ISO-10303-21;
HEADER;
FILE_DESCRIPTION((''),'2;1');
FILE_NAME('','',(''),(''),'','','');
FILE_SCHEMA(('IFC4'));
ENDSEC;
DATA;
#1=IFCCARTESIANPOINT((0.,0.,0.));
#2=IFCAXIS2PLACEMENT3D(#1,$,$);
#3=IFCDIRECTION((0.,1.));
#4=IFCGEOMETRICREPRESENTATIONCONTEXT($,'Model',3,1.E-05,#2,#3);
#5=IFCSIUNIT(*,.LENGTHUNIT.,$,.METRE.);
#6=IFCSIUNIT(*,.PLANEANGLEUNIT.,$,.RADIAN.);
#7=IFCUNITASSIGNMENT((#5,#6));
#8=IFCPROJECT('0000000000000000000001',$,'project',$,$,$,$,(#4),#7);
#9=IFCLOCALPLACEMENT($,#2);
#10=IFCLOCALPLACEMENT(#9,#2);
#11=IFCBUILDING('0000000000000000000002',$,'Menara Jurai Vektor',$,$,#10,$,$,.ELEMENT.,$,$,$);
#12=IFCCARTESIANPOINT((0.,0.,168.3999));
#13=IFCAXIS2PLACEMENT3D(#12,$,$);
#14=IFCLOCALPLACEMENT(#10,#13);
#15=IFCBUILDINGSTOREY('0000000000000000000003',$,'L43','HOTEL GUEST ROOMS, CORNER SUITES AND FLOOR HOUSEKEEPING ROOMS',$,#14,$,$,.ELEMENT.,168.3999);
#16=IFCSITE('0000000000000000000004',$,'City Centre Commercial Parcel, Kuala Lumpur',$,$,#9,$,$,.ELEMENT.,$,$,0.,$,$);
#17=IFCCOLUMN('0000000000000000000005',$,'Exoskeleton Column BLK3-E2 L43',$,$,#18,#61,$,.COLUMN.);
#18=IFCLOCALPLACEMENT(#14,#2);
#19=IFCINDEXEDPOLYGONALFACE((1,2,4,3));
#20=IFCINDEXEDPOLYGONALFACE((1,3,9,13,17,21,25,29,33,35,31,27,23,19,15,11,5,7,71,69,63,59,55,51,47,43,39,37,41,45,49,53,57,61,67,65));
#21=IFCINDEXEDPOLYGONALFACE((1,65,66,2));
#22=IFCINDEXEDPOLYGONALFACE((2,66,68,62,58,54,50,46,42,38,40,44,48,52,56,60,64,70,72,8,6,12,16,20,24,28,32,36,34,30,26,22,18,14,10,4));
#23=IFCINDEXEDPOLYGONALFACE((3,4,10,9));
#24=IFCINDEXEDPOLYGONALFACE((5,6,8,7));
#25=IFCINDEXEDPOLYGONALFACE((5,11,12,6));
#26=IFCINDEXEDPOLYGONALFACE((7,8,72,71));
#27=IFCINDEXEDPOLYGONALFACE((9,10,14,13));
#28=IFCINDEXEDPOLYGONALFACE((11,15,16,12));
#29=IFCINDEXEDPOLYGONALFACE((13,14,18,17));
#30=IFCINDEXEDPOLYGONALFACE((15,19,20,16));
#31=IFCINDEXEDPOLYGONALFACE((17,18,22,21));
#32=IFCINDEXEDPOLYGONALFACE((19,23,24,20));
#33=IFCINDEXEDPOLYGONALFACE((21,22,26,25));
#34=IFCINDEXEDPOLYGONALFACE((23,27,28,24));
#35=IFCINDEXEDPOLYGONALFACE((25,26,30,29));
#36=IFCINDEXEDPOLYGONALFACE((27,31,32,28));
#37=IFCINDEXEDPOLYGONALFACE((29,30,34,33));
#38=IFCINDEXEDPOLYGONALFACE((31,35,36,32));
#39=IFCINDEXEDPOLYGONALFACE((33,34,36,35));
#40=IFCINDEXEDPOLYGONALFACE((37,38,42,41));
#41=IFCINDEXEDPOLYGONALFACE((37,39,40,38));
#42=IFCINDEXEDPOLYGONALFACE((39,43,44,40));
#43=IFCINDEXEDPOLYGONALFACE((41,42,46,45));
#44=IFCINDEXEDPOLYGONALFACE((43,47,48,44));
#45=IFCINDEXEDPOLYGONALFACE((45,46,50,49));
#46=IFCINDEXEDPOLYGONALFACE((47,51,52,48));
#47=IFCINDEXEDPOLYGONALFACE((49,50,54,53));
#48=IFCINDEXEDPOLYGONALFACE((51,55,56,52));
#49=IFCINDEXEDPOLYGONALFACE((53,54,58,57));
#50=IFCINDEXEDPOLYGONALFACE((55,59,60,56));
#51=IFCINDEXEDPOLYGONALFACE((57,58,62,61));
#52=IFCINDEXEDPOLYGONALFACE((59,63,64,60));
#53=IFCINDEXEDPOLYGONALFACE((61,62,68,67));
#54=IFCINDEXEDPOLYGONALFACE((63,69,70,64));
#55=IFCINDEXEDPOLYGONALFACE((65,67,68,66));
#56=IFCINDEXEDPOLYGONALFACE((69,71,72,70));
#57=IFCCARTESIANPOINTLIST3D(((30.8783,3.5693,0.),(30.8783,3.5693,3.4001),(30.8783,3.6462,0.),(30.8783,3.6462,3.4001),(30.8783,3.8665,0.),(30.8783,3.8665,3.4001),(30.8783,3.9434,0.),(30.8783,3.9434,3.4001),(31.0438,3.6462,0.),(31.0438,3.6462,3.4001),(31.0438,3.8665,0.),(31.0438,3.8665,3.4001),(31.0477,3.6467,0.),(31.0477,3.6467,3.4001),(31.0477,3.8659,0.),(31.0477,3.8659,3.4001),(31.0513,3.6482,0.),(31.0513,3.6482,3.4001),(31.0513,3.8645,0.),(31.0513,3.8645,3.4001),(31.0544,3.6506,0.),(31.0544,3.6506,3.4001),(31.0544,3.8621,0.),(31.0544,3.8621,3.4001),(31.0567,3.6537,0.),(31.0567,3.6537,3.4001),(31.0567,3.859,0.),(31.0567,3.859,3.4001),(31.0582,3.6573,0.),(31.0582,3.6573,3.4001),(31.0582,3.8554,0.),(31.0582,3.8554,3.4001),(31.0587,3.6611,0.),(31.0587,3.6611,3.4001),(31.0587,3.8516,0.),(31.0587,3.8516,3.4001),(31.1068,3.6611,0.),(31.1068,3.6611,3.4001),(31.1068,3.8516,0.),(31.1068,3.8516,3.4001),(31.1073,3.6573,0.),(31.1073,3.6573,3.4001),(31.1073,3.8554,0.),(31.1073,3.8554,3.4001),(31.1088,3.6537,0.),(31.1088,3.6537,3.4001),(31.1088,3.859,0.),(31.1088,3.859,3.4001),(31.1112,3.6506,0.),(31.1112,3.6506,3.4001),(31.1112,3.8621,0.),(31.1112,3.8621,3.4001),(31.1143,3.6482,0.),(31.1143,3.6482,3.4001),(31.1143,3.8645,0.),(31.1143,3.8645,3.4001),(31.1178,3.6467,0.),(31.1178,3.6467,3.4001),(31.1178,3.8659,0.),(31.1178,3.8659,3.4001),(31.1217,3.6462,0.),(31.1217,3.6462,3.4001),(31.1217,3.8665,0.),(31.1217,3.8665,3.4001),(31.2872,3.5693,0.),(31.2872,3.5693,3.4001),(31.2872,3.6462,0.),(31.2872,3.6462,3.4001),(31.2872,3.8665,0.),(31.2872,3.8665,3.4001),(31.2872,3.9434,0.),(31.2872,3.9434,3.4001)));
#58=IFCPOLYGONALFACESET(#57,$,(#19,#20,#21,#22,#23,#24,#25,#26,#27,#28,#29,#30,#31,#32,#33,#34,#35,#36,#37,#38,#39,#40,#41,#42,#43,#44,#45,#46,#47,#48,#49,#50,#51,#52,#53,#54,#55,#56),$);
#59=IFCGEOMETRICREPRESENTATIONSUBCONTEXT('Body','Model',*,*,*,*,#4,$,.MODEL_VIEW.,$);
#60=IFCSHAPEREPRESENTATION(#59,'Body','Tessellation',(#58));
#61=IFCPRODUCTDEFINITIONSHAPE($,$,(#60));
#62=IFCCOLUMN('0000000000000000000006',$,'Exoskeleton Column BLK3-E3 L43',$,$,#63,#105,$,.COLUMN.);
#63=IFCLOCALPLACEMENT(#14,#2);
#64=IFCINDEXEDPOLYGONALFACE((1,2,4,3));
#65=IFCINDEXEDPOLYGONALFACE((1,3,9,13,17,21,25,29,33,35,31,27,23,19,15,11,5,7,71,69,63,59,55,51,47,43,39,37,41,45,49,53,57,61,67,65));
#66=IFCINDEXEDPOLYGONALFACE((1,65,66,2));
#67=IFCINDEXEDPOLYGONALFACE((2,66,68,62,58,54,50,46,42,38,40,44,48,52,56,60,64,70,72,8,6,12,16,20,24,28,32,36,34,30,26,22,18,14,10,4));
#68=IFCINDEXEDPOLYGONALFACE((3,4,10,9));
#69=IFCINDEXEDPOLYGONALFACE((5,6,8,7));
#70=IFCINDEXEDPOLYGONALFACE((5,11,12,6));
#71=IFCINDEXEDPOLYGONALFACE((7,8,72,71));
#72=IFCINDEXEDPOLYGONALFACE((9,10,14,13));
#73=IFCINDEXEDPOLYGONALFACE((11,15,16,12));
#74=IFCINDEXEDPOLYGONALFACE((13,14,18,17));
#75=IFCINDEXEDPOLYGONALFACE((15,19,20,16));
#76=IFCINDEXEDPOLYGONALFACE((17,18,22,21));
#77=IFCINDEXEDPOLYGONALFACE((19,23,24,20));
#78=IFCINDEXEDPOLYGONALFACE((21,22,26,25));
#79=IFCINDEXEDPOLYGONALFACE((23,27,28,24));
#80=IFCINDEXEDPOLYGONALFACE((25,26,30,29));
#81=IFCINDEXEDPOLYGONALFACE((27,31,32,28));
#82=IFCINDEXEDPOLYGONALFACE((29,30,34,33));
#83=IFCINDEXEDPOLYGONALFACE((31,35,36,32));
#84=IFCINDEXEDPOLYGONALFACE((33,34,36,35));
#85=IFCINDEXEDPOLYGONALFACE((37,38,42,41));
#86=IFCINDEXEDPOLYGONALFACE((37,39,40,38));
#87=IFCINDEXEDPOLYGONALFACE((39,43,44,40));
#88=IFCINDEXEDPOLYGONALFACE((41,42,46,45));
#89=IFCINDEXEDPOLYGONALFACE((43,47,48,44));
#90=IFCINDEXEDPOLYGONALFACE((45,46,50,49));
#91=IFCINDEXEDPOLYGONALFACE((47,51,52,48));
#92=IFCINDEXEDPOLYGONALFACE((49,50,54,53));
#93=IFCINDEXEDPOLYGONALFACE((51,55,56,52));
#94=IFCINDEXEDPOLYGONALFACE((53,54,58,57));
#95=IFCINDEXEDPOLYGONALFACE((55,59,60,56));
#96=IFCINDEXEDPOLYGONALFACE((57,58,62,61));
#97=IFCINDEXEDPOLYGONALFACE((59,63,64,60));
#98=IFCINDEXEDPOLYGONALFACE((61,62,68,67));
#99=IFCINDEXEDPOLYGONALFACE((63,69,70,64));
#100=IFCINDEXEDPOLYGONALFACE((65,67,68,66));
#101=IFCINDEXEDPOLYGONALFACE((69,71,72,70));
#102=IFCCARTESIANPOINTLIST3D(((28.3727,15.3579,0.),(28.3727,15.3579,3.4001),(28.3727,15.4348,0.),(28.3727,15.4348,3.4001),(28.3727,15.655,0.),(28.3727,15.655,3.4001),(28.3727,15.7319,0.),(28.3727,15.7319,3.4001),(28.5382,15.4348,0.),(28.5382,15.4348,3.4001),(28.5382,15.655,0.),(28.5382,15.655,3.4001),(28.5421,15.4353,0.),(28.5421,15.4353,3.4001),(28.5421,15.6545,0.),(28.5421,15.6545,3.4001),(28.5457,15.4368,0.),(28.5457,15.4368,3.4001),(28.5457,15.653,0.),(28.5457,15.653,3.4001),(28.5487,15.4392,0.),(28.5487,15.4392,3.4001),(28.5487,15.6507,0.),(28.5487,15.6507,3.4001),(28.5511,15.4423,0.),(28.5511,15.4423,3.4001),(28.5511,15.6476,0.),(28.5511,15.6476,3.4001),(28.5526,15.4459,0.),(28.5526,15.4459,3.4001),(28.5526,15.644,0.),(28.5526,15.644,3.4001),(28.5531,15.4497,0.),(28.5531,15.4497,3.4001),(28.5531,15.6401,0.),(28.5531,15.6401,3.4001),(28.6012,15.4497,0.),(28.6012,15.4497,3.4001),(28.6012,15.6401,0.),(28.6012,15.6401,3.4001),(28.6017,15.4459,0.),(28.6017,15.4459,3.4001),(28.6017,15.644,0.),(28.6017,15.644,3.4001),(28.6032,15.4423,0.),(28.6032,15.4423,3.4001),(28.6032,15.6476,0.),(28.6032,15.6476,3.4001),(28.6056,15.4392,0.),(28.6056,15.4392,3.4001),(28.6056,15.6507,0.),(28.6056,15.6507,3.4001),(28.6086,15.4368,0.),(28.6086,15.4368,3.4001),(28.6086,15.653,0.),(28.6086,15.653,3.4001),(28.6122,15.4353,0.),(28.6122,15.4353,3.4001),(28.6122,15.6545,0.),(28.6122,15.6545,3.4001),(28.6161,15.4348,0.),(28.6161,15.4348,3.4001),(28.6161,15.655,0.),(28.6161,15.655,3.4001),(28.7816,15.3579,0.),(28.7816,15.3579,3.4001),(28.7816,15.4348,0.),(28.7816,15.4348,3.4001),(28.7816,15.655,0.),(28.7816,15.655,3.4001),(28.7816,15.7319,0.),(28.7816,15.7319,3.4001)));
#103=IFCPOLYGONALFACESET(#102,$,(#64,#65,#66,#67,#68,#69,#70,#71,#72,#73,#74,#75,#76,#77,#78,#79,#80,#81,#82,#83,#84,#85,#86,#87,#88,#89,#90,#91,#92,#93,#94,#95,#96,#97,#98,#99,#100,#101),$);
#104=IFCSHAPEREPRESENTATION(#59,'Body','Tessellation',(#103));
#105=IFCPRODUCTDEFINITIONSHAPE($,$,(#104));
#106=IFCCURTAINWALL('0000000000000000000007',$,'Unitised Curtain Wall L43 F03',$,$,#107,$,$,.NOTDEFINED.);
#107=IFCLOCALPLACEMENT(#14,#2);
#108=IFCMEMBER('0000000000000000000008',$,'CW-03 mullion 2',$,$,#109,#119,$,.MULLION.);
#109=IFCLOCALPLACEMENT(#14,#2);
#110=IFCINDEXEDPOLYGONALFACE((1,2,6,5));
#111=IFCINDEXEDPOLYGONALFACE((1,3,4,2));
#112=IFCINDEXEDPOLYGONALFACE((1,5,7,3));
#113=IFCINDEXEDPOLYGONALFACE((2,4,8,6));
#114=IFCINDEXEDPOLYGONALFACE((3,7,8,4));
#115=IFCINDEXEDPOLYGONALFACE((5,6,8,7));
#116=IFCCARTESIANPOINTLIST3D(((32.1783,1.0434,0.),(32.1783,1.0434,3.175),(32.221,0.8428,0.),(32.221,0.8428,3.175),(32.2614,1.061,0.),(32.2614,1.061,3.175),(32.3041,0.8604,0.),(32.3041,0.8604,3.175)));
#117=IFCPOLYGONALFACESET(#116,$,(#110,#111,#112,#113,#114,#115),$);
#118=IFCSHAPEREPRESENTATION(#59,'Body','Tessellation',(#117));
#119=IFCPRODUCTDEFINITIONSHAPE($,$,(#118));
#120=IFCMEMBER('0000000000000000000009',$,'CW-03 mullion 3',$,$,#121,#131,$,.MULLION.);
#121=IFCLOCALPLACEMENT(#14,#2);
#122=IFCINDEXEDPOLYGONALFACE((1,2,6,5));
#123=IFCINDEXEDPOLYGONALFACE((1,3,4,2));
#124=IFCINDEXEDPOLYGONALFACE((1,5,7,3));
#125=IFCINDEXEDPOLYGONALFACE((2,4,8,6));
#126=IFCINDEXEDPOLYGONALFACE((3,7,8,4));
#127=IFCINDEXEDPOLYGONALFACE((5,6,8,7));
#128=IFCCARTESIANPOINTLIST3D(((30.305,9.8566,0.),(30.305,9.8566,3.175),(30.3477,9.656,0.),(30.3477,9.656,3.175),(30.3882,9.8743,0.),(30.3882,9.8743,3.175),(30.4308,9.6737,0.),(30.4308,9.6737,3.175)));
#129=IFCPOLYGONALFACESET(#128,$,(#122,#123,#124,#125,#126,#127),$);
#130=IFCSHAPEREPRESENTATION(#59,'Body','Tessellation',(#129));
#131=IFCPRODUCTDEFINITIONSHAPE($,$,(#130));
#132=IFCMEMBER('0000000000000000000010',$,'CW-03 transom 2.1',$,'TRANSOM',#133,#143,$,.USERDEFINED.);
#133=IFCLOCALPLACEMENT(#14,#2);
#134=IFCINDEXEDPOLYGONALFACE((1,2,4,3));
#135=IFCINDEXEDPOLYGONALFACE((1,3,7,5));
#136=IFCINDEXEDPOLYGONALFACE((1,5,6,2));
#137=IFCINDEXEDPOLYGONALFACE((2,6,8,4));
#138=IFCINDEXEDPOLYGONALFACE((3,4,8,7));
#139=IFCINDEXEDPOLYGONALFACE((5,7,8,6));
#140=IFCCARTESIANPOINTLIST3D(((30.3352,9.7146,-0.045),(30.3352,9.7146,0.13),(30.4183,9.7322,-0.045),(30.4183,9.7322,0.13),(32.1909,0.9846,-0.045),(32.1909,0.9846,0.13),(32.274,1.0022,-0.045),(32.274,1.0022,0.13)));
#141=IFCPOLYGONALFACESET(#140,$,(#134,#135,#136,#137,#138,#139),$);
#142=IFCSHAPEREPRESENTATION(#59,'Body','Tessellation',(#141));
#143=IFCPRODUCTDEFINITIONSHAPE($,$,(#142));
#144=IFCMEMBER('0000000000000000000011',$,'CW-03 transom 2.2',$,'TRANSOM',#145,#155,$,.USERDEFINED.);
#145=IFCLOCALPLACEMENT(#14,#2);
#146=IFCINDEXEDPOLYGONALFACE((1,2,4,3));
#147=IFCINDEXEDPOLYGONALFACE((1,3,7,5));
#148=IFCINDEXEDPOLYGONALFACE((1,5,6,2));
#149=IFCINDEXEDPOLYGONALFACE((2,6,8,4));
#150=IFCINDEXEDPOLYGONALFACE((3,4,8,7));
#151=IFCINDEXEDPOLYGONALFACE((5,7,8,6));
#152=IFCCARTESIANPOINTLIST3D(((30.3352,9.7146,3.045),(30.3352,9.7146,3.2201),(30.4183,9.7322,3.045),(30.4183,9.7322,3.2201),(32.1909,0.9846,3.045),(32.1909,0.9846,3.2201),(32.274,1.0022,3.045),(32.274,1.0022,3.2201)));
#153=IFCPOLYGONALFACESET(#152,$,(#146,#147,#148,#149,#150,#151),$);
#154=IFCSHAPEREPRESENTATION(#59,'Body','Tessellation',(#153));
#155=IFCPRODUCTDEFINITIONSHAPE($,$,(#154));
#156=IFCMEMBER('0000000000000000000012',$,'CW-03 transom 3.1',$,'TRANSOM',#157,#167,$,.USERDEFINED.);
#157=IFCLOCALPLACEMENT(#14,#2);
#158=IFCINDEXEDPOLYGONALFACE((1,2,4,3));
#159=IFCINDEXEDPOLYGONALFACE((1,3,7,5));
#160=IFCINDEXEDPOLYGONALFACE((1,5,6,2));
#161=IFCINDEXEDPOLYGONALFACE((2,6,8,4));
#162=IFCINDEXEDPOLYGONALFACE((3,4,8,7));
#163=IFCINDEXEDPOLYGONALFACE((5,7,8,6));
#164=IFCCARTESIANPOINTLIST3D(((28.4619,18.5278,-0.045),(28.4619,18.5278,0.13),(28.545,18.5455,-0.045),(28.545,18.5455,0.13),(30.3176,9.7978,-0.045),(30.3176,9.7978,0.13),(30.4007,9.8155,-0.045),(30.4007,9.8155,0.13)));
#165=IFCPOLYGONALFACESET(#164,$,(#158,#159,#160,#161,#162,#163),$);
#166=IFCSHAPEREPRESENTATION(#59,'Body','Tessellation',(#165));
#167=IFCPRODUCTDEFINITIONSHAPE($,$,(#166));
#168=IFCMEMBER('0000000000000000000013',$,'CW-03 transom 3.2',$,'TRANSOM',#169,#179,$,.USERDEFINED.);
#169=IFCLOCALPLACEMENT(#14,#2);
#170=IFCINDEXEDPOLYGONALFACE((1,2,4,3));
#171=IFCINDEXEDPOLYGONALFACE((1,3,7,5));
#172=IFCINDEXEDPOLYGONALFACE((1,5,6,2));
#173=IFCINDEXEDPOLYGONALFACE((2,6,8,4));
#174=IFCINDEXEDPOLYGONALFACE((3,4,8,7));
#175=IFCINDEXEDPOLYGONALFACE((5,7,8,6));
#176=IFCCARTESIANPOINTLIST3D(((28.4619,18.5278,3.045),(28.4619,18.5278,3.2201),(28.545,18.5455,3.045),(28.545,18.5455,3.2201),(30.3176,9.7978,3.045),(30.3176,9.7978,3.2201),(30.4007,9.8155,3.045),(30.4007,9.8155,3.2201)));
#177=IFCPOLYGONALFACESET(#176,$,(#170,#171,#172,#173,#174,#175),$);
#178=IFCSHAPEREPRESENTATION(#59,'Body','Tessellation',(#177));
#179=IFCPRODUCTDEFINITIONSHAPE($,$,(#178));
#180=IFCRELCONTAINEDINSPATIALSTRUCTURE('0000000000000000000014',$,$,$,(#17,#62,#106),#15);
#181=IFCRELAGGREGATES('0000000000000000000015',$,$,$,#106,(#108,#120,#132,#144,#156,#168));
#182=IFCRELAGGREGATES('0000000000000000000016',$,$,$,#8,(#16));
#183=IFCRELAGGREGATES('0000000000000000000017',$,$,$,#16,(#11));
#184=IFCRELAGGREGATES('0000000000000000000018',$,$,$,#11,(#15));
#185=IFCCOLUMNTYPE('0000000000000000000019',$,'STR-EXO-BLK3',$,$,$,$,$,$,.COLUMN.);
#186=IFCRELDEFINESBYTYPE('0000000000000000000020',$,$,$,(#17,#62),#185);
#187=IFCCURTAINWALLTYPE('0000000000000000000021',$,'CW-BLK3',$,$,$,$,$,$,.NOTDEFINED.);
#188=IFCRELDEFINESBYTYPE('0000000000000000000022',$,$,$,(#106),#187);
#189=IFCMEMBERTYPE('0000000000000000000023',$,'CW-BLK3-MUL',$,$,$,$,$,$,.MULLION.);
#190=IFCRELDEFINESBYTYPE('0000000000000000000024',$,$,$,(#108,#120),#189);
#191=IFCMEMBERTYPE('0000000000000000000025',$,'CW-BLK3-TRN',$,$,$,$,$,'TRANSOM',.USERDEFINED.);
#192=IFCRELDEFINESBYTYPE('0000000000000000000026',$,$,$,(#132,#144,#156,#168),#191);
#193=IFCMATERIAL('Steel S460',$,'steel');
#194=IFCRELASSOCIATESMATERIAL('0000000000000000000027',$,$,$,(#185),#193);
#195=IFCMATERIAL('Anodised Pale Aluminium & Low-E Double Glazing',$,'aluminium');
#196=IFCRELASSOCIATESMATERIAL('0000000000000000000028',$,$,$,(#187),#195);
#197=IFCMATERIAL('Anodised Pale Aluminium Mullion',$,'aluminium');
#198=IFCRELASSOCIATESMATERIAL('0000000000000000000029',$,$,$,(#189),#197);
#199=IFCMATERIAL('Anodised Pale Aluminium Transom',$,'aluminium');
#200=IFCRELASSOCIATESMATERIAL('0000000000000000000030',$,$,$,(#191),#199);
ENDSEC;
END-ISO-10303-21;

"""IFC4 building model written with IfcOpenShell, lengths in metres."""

from ifc_helpers import new_model, si_unit, direction, frame, origin, origin_2d, place, context, subcontext, project, spatial, rectangle, i_section, extrude, material, material_profile, profile_set, type_object, element, aggregate, save


model = new_model("IFC4")

# Units and contexts
model_context = context("Model", 3, precision=1e-05, world=origin(), true_north=direction((0.0, 1.0)))
body_context = subcontext(model_context, "Body", "Model", "MODEL_VIEW")
ifc_project = project(units=[si_unit("LENGTHUNIT", "METRE"), si_unit("PLANEANGLEUNIT", "RADIAN")], contexts=[model_context])

# Site, building, storey
site_placement = place(None, origin())
site = spatial("IfcSite", under=ifc_project, at=site_placement, Name="City Centre Commercial Parcel, Kuala Lumpur", CompositionType="ELEMENT", RefElevation=0.0)
building_placement = place(site_placement, origin())
building = spatial("IfcBuilding", under=site, at=building_placement, Name="Menara Jurai Vektor", CompositionType="ELEMENT")
storey_placement = place(building_placement, frame((0.0, 0.0, 168.3999)))
storey = spatial("IfcBuildingStorey", under=building, at=storey_placement, Name="L43", Description="HOTEL GUEST ROOMS, CORNER SUITES AND FLOOR HOUSEKEEPING ROOMS", CompositionType="ELEMENT", Elevation=168.3999)

# Columns
ifc_material_1 = material(Name="Steel S460", Category="steel")
ifc_material_profile_1 = material_profile(ifc_material_1, i_section(OverallWidth=0.4089, OverallDepth=0.374, WebThickness=0.0481, FlangeThickness=0.0769, FilletRadius=0.0149, at=origin_2d()), Name="HD 400x634")
ifc_profile_set_1 = profile_set([ifc_material_profile_1], Name="Steel S460")
column_type = type_object("IfcColumnType", Name="STR-EXO-BLK3", PredefinedType="COLUMN", material=ifc_profile_set_1)
for number, where, z_axis, x_axis, name in (
    (1, (31.0828, 3.7563, 0.0), (0.0, 0.0, 1.0), (1.0, 0.0, 0.0), "Exoskeleton Column BLK3-E2 L43"),
    (2, (28.5771, 15.5449, 0.0), (0.0, 0.0, 1.0), (1.0, 0.0, 0.0), "Exoskeleton Column BLK3-E3 L43"),
):
    element("IfcColumn", number, at=place(storey_placement, frame(where, z_axis=z_axis, x_axis=x_axis)), inside=storey, type_object=column_type, Name=name, PredefinedType="COLUMN", context=body_context, shape_type="SweptSolid", body=[
        extrude(i_section(OverallWidth=0.4089, OverallDepth=0.374, WebThickness=0.0481, FlangeThickness=0.0769, FilletRadius=0.0149, at=origin_2d()), origin(), (0.0, 0.0, 1.0), 3.4001),
    ])

# Curtain wall, members
ifc_material_2 = material(Name="Anodised Pale Aluminium & Low-E Double Glazing", Category="aluminium")
curtain_wall_type = type_object("IfcCurtainWallType", Name="CW-BLK3", PredefinedType="NOTDEFINED", material=ifc_material_2)
curtain_wall_placement = place(storey_placement, origin())
curtain_wall = element("IfcCurtainWall", 3, at=curtain_wall_placement, inside=storey, type_object=curtain_wall_type, Name="Unitised Curtain Wall L43 F03", PredefinedType="NOTDEFINED")
ifc_material_3 = material(Name="Anodised Pale Aluminium Mullion", Category="aluminium")
ifc_material_profile_2 = material_profile(ifc_material_3, rectangle(XDim=0.085, YDim=0.2051, at=origin_2d()), Name="ALU MUL 85x205")
ifc_profile_set_2 = profile_set([ifc_material_profile_2], Name="Anodised Pale Aluminium Mullion")
member_type_1 = type_object("IfcMemberType", Name="CW-BLK3-MUL", PredefinedType="MULLION", material=ifc_profile_set_2)
member_1_placement = place(storey_placement, frame((32.2412, 0.9519, 0.0), z_axis=(0.0, 0.0, 1.0), x_axis=(-0.978148, -0.20791, 0.0)))
member_1 = element("IfcMember", 4, at=member_1_placement, type_object=member_type_1, Name="CW-03 mullion 2", PredefinedType="MULLION", context=body_context, shape_type="SweptSolid", body=[
    extrude(rectangle(XDim=0.085, YDim=0.2051, at=origin_2d()), origin(), (0.0, 0.0, 1.0), 3.175),
])
member_2_placement = place(storey_placement, frame((30.3679, 9.7651, 0.0), z_axis=(0.0, 0.0, 1.0), x_axis=(-0.978148, -0.20791, 0.0)))
member_2 = element("IfcMember", 5, at=member_2_placement, type_object=member_type_1, Name="CW-03 mullion 3", PredefinedType="MULLION", context=body_context, shape_type="SweptSolid", body=[
    extrude(rectangle(XDim=0.085, YDim=0.2051, at=origin_2d()), origin(), (0.0, 0.0, 1.0), 3.175),
])
ifc_material_4 = material(Name="Anodised Pale Aluminium Transom", Category="aluminium")
ifc_material_profile_3 = material_profile(ifc_material_4, rectangle(XDim=0.085, YDim=0.175, at=origin_2d()), Name="ALU TRN 85x175")
ifc_profile_set_3 = profile_set([ifc_material_profile_3], Name="Anodised Pale Aluminium Transom")
member_type_2 = type_object("IfcMemberType", Name="CW-BLK3-TRN", ElementType="TRANSOM", PredefinedType="USERDEFINED", material=ifc_profile_set_3)
member_3_placement = place(storey_placement, frame((32.2324, 0.9934, 0.0425), z_axis=(-0.207922, 0.978145, 0.0), x_axis=(-0.978145, -0.207922, 0.0)))
member_3 = element("IfcMember", 6, at=member_3_placement, type_object=member_type_2, Name="CW-03 transom 2.1", ObjectType="TRANSOM", PredefinedType="USERDEFINED", context=body_context, shape_type="SweptSolid", body=[
    extrude(rectangle(XDim=0.085, YDim=0.175, at=origin_2d()), origin(), (0.0, 0.0, 1.0), 8.925),
])
member_4_placement = place(storey_placement, frame((32.2324, 0.9934, 3.1326), z_axis=(-0.207922, 0.978145, 0.0), x_axis=(-0.978145, -0.207922, 0.0)))
member_4 = element("IfcMember", 7, at=member_4_placement, type_object=member_type_2, Name="CW-03 transom 2.2", ObjectType="TRANSOM", PredefinedType="USERDEFINED", context=body_context, shape_type="SweptSolid", body=[
    extrude(rectangle(XDim=0.085, YDim=0.175, at=origin_2d()), origin(), (0.0, 0.0, 1.0), 8.925),
])
member_5_placement = place(storey_placement, frame((30.3591, 9.8066, 0.0425), z_axis=(-0.207922, 0.978145, 0.0), x_axis=(-0.978145, -0.207922, 0.0)))
member_5 = element("IfcMember", 8, at=member_5_placement, type_object=member_type_2, Name="CW-03 transom 3.1", ObjectType="TRANSOM", PredefinedType="USERDEFINED", context=body_context, shape_type="SweptSolid", body=[
    extrude(rectangle(XDim=0.085, YDim=0.175, at=origin_2d()), origin(), (0.0, 0.0, 1.0), 8.925),
])
member_6_placement = place(storey_placement, frame((30.3591, 9.8066, 3.1326), z_axis=(-0.207922, 0.978145, 0.0), x_axis=(-0.978145, -0.207922, 0.0)))
member_6 = element("IfcMember", 9, at=member_6_placement, type_object=member_type_2, Name="CW-03 transom 3.2", ObjectType="TRANSOM", PredefinedType="USERDEFINED", context=body_context, shape_type="SweptSolid", body=[
    extrude(rectangle(XDim=0.085, YDim=0.175, at=origin_2d()), origin(), (0.0, 0.0, 1.0), 8.925),
])

aggregate(curtain_wall, [member_1, member_2, member_3, member_4, member_5, member_6])

save(model, "model.ifc")
